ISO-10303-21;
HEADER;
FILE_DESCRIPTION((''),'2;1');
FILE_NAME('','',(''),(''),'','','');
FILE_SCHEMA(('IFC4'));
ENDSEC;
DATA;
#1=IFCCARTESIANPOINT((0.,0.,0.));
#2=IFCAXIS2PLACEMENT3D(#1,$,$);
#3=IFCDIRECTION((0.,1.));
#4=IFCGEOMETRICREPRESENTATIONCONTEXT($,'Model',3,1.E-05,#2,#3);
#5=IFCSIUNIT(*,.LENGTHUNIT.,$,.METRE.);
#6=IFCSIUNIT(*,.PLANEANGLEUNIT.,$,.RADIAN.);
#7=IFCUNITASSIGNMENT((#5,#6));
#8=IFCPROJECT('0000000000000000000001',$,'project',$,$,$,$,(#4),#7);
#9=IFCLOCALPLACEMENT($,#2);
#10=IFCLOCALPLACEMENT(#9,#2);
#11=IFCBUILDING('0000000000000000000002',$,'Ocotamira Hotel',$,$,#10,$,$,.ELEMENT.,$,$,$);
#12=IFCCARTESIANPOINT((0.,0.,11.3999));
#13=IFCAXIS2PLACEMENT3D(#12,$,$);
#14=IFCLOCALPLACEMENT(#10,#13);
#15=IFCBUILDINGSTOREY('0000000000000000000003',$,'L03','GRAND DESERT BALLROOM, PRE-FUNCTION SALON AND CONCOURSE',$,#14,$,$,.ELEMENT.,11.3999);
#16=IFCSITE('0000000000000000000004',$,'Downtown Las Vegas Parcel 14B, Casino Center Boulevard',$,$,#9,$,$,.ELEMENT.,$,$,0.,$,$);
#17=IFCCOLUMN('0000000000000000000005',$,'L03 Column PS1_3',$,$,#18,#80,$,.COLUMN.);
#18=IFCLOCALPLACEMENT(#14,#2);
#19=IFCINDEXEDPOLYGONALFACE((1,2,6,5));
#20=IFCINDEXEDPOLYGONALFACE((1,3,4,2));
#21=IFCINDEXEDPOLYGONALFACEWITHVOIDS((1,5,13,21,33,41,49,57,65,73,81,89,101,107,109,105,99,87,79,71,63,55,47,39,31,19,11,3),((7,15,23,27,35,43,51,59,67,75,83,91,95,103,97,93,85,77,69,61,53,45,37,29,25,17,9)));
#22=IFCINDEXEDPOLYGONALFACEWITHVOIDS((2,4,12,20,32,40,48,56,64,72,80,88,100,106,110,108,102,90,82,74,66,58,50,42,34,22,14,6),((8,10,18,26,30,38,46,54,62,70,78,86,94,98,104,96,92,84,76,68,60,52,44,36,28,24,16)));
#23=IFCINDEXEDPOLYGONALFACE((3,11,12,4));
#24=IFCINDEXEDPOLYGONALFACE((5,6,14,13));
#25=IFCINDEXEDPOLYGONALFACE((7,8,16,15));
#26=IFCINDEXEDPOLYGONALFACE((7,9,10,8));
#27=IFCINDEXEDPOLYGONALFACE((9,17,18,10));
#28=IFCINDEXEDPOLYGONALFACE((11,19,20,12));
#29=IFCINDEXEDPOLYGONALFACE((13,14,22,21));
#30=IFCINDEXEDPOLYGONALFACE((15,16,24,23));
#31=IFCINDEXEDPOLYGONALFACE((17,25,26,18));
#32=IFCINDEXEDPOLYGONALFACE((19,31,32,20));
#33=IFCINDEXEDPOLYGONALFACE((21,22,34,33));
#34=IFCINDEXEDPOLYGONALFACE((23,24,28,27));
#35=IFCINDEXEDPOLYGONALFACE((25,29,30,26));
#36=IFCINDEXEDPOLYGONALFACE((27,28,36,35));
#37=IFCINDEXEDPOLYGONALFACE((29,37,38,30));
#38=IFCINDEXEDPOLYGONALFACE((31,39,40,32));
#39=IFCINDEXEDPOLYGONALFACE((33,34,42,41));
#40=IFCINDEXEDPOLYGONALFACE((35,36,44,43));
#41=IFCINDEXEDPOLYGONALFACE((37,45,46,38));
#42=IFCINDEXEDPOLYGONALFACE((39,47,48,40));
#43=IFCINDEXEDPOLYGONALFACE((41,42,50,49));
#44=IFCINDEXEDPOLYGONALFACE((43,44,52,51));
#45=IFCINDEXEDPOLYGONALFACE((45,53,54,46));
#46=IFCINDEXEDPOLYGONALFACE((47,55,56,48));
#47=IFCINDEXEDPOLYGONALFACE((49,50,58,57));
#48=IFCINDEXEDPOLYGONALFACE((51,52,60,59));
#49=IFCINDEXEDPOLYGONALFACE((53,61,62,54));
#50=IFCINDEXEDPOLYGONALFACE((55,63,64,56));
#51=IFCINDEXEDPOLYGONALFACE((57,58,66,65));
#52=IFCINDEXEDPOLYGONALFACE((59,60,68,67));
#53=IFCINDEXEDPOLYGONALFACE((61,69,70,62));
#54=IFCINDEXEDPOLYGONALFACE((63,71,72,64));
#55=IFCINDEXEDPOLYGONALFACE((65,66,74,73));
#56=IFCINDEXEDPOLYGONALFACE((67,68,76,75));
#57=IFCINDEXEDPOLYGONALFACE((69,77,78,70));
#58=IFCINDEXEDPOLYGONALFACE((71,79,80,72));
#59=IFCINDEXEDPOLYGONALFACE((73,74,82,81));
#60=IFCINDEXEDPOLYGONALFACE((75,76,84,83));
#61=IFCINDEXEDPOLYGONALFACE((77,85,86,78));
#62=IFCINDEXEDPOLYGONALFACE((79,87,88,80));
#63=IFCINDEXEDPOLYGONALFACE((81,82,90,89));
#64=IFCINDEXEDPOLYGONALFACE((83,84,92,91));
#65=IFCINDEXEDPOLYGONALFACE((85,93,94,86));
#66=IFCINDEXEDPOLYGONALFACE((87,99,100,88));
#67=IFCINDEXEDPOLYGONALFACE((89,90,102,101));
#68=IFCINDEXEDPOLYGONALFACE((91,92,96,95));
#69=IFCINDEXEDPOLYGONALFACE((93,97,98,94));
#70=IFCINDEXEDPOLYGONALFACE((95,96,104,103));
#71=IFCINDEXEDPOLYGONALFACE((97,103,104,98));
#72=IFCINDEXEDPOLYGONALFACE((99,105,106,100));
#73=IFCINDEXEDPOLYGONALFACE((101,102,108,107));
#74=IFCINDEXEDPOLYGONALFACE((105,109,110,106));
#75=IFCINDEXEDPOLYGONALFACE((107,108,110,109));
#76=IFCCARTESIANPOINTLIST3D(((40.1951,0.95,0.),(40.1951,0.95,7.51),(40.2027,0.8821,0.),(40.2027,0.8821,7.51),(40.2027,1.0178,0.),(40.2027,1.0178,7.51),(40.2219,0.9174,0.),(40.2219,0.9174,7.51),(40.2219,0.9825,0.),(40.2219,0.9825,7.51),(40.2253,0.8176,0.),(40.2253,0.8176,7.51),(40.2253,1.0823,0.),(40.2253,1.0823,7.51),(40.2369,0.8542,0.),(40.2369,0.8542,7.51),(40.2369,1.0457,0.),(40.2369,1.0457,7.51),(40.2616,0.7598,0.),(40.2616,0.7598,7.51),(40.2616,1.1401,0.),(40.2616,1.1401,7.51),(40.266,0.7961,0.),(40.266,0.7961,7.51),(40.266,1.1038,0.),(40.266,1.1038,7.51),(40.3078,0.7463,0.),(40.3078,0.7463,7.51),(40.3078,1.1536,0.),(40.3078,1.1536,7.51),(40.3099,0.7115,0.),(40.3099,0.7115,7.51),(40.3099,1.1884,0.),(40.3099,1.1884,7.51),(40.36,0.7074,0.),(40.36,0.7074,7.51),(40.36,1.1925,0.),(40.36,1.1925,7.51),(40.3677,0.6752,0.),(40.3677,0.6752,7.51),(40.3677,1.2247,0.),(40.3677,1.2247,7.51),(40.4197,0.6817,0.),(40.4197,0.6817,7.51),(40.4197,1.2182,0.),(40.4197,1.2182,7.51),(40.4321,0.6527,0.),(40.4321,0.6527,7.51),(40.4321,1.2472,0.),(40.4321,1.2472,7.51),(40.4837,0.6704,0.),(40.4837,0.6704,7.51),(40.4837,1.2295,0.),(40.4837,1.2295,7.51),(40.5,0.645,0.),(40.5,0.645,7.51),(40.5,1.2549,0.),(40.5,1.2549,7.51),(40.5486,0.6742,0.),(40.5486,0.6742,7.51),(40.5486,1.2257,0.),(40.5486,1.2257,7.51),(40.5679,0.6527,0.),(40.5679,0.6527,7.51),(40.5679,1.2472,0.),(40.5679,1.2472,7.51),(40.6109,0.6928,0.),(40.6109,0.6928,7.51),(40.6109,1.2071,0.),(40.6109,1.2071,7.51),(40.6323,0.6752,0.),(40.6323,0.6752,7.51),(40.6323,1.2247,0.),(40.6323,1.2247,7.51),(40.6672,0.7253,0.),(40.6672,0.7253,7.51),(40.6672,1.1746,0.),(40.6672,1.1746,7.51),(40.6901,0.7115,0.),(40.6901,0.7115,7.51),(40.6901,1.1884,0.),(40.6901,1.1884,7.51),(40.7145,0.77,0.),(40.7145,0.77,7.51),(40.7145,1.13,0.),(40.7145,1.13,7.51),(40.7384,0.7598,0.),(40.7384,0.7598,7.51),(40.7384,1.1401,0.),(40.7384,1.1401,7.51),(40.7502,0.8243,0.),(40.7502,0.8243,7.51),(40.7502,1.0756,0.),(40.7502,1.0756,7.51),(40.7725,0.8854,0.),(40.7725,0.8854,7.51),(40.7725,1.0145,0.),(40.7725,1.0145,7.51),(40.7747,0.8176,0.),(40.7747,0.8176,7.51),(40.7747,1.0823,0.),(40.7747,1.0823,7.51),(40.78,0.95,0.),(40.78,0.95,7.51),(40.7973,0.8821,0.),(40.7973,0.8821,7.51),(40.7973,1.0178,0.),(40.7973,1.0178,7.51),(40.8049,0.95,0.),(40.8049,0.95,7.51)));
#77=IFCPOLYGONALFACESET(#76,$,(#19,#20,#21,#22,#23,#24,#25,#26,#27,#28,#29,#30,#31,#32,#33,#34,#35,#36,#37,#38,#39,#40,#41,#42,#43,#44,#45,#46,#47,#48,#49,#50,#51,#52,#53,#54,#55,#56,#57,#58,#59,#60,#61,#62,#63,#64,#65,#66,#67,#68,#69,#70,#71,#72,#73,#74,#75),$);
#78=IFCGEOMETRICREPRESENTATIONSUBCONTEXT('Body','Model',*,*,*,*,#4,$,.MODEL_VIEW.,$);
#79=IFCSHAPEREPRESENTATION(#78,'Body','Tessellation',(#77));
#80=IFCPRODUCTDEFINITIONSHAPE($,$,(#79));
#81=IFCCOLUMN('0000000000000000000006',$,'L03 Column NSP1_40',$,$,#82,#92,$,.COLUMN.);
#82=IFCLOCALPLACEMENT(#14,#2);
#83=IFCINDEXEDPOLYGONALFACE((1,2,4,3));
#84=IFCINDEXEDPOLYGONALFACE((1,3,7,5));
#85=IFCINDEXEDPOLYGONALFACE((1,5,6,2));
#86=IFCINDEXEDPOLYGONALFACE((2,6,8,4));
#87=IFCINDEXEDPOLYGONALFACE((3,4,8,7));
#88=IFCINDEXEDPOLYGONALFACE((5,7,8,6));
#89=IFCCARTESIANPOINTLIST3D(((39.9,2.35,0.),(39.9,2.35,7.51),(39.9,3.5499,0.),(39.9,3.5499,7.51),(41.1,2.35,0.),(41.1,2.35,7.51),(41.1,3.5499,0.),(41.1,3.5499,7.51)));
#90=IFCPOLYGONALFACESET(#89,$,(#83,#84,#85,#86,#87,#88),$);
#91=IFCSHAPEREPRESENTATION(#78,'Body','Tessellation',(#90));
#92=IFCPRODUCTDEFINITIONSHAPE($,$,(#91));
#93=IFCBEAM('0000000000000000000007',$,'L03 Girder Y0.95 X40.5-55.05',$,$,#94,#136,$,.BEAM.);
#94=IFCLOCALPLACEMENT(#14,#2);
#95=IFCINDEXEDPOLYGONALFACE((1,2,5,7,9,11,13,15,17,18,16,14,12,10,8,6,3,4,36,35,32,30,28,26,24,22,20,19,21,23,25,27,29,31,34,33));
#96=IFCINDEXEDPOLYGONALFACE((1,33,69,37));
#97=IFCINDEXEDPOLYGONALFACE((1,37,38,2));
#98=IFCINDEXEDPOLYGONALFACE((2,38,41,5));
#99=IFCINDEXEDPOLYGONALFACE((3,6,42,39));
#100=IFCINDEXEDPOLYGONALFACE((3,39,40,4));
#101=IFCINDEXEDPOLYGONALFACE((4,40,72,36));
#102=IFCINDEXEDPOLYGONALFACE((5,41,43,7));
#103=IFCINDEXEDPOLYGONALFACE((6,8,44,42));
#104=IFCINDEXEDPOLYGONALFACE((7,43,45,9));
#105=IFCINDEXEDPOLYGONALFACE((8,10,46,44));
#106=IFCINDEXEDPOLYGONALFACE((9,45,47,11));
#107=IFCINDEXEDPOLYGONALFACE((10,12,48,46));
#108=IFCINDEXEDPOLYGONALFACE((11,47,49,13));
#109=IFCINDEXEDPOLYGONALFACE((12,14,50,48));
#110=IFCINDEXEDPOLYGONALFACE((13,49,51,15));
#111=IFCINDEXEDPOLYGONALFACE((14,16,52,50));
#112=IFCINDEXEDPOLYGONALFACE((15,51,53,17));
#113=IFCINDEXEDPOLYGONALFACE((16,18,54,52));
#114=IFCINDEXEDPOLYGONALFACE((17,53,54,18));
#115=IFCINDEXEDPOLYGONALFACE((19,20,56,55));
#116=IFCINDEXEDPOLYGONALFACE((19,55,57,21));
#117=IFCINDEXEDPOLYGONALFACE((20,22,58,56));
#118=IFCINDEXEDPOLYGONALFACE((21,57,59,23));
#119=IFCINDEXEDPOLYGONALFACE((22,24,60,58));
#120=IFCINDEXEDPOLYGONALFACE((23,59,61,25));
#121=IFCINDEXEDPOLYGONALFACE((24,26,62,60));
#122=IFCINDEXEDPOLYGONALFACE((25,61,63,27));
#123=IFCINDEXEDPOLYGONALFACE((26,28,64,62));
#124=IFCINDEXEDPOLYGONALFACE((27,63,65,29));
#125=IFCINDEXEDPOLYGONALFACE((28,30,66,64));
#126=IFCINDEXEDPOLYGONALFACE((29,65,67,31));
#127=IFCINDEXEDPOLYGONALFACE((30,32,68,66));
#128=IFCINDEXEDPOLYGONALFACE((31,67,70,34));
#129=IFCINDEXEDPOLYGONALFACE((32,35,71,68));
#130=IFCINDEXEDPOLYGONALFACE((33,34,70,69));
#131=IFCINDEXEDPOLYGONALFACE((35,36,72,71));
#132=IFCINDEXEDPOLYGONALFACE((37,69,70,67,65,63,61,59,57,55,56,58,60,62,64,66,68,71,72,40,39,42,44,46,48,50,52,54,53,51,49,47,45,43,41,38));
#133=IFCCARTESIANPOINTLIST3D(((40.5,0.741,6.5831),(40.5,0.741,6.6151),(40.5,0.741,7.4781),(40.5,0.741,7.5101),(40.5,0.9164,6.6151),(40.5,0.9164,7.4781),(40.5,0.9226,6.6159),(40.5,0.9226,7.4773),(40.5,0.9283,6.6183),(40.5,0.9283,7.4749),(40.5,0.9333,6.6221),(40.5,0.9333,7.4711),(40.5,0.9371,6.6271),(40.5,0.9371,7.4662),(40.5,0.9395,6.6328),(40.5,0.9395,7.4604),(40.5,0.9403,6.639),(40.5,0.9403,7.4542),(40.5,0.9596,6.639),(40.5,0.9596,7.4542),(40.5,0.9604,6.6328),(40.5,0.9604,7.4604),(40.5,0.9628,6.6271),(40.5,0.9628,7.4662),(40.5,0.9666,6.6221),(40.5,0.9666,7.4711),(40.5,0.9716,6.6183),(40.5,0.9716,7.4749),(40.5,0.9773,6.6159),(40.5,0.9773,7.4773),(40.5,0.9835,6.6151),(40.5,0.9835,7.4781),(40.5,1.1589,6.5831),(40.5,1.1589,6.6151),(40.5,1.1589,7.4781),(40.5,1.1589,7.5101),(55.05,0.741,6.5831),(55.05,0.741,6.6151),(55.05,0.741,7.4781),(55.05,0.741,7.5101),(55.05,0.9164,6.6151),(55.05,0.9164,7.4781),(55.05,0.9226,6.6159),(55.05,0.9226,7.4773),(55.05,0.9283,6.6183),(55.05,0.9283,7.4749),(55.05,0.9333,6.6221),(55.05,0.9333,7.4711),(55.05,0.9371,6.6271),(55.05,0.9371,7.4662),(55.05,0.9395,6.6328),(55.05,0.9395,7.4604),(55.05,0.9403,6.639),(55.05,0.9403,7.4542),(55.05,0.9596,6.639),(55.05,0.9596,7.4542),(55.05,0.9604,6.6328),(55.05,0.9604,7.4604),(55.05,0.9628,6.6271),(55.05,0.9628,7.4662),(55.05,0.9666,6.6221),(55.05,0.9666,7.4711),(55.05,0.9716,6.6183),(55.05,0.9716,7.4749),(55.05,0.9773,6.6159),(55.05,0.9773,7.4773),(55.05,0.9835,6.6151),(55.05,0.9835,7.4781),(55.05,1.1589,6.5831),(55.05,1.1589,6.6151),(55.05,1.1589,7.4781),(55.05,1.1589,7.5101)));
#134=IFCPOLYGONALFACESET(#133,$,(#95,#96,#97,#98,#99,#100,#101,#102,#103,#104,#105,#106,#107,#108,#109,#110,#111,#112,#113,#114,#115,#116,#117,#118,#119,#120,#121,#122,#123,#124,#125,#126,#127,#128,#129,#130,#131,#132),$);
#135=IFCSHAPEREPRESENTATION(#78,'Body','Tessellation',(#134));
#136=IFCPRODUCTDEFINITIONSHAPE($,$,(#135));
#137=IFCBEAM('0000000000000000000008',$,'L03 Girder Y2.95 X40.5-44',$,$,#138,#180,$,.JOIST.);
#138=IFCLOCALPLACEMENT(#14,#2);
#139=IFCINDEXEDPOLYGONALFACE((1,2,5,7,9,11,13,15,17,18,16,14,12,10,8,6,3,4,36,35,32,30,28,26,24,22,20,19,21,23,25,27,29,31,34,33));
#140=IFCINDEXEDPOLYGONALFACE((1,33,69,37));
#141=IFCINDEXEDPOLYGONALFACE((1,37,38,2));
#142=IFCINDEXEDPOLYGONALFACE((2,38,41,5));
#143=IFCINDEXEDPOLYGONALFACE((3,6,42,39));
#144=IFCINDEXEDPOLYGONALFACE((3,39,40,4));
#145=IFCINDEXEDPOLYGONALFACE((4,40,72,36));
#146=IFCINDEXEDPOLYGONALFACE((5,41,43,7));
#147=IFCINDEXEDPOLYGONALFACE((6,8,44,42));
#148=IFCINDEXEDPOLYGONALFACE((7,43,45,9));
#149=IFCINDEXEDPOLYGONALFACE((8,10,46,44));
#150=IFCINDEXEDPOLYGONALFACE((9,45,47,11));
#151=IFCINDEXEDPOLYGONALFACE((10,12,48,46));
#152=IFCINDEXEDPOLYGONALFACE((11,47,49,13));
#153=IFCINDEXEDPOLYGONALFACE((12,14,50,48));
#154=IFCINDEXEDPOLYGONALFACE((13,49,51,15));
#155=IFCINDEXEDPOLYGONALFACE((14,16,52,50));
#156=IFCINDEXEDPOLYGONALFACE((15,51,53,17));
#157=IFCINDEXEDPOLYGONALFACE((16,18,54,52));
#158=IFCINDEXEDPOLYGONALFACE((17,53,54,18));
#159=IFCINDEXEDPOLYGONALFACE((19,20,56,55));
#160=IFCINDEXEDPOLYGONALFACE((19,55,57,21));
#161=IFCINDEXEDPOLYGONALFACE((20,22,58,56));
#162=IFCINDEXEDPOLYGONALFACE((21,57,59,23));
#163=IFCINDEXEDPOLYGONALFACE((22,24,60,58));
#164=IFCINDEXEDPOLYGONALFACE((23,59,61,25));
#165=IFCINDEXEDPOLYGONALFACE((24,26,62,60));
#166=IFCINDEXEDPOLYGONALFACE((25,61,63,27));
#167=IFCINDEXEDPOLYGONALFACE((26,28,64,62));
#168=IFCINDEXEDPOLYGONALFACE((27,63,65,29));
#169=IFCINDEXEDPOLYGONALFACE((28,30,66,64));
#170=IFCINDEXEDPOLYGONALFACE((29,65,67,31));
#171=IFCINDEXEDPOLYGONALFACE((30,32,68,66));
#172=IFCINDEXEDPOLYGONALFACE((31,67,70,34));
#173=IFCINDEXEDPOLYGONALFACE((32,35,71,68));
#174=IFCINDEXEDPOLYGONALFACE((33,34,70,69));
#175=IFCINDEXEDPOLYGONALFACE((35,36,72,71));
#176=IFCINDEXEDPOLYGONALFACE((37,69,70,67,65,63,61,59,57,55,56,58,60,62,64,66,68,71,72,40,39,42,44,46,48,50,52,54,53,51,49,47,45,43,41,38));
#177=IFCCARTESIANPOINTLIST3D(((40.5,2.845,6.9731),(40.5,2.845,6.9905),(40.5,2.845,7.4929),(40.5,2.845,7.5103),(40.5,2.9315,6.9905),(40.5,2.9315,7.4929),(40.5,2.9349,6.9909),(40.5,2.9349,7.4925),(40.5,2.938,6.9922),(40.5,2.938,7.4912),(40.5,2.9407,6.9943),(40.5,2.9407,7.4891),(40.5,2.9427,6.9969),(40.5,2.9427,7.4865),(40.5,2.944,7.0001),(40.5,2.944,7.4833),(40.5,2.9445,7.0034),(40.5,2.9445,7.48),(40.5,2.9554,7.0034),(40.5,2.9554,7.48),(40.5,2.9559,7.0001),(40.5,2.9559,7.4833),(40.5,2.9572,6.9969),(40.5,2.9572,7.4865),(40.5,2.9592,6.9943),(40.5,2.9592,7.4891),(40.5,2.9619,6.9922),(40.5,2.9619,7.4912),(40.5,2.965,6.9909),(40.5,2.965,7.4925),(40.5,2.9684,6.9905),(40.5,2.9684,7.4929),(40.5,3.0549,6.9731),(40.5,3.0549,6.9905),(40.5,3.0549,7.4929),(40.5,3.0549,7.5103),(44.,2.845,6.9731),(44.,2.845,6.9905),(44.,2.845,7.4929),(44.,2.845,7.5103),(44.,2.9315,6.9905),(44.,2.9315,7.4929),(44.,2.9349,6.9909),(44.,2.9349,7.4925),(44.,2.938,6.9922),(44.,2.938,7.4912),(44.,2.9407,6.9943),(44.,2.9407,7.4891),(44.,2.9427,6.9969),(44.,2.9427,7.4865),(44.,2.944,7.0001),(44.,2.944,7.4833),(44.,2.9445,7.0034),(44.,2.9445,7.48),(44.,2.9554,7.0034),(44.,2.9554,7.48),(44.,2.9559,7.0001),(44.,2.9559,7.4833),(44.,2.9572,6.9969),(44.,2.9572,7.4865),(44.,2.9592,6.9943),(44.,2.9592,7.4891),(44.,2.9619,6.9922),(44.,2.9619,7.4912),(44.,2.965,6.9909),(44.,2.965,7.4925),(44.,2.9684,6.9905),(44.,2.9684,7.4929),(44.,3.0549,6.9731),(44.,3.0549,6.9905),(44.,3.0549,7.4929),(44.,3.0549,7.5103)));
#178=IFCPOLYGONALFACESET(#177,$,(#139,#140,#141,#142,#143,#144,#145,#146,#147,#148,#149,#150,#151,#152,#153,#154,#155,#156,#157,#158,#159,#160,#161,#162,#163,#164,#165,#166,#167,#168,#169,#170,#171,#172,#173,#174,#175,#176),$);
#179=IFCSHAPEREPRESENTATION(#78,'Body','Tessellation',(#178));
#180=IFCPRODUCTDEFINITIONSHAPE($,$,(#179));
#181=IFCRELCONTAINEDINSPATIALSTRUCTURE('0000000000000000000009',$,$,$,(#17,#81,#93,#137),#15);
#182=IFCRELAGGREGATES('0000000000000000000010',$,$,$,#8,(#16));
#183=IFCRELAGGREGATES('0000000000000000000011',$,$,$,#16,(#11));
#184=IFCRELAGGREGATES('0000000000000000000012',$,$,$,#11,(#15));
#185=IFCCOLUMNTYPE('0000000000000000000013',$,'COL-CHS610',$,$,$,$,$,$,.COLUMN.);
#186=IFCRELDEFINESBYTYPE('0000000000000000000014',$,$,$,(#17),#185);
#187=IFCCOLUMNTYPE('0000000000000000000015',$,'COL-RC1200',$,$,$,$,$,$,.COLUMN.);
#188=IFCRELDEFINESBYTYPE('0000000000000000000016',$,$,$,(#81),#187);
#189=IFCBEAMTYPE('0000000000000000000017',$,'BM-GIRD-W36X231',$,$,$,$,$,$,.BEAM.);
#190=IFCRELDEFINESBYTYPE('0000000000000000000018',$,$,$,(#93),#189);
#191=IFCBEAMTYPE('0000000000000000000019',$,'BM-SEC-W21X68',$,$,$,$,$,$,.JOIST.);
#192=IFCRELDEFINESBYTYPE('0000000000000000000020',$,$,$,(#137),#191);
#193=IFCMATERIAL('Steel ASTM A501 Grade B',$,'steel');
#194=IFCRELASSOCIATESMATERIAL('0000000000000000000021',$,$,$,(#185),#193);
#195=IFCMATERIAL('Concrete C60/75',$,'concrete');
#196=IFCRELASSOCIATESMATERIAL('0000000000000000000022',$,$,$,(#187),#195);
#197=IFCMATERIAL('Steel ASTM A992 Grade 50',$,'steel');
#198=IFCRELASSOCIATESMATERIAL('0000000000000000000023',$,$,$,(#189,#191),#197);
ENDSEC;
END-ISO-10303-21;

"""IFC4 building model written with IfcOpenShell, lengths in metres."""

from ifc_helpers import new_model, si_unit, direction, frame, origin, origin_2d, place, context, subcontext, project, spatial, rectangle, hollow_circle, i_section, extrude, source, transform, mapped, material, material_profile, profile_set, type_object, element, save


model = new_model("IFC4")

# Units and contexts
model_context = context("Model", 3, precision=1e-05, world=origin(), true_north=direction((0.0, 1.0)))
body_context = subcontext(model_context, "Body", "Model", "MODEL_VIEW")
ifc_project = project(units=[si_unit("LENGTHUNIT", "METRE"), si_unit("PLANEANGLEUNIT", "RADIAN")], contexts=[model_context])

# Site, building, storey
site_placement = place(None, origin())
site = spatial("IfcSite", under=ifc_project, at=site_placement, Name="Downtown Las Vegas Parcel 14B, Casino Center Boulevard", CompositionType="ELEMENT", RefElevation=0.0)
building_placement = place(site_placement, origin())
building = spatial("IfcBuilding", under=site, at=building_placement, Name="Ocotamira Hotel", CompositionType="ELEMENT")
storey_placement = place(building_placement, frame((0.0, 0.0, 11.3999)))
storey = spatial("IfcBuildingStorey", under=building, at=storey_placement, Name="L03", Description="GRAND DESERT BALLROOM, PRE-FUNCTION SALON AND CONCOURSE", CompositionType="ELEMENT", Elevation=11.3999)

# Columns
ifc_material_1 = material(Name="Steel ASTM A501 Grade B", Category="steel")
ifc_material_profile_1 = material_profile(ifc_material_1, hollow_circle(Radius=0.3049, WallThickness=0.0249, at=origin_2d()), Name="CHS610X25")
ifc_profile_set_1 = profile_set([ifc_material_profile_1], Name="Steel ASTM A501 Grade B")
column_type_1 = type_object("IfcColumnType", Name="COL-CHS610", PredefinedType="COLUMN", material=ifc_profile_set_1)
shared_shape_1 = source(origin(), body_context, "Body", "SweptSolid", [
    extrude(hollow_circle(Radius=0.3049, WallThickness=0.0249, at=origin_2d()), origin(), (0.0, 0.0, 1.0), 7.51),
])
column_1_placement = place(storey_placement, frame((40.5, 0.95, 0.0), z_axis=(0.0, 0.0, 1.0), x_axis=(1.0, 0.0, 0.0)))
element("IfcColumn", 1, at=column_1_placement, inside=storey, type_object=column_type_1, Name="L03 Column PS1_3", PredefinedType="COLUMN", context=body_context, shape_type="MappedRepresentation", body=[
    mapped(shared_shape_1, transform((0.0, 0.0, 0.0), scale=1.0)),
])
ifc_material_2 = material(Name="Concrete C60/75", Category="concrete")
ifc_material_profile_2 = material_profile(ifc_material_2, rectangle(XDim=1.2, YDim=1.2, at=origin_2d()), Name="RC1200X1200")
ifc_profile_set_2 = profile_set([ifc_material_profile_2], Name="Concrete C60/75")
column_type_2 = type_object("IfcColumnType", Name="COL-RC1200", PredefinedType="COLUMN", material=ifc_profile_set_2)
shared_shape_2 = source(origin(), body_context, "Body", "SweptSolid", [
    extrude(rectangle(XDim=1.2, YDim=1.2, at=origin_2d()), origin(), (0.0, 0.0, 1.0), 7.51),
])
column_2_placement = place(storey_placement, frame((40.5, 2.95, 0.0), z_axis=(0.0, 0.0, 1.0), x_axis=(1.0, 0.0, 0.0)))
element("IfcColumn", 2, at=column_2_placement, inside=storey, type_object=column_type_2, Name="L03 Column NSP1_40", PredefinedType="COLUMN", context=body_context, shape_type="MappedRepresentation", body=[
    mapped(shared_shape_2, transform((0.0, 0.0, 0.0), scale=1.0)),
])

# Beams
ifc_material_3 = material(Name="Steel ASTM A992 Grade 50", Category="steel")
ifc_material_profile_3 = material_profile(ifc_material_3, i_section(OverallWidth=0.418, OverallDepth=0.927, WebThickness=0.0193, FlangeThickness=0.032, FilletRadius=0.0239, at=origin_2d()), Name="W36X231")
ifc_profile_set_3 = profile_set([ifc_material_profile_3], Name="Steel ASTM A992 Grade 50")
beam_type_1 = type_object("IfcBeamType", Name="BM-GIRD-W36X231", PredefinedType="BEAM", material=ifc_profile_set_3)
shared_shape_3 = source(origin(), body_context, "Body", "SweptSolid", [
    extrude(i_section(OverallWidth=0.418, OverallDepth=0.927, WebThickness=0.0193, FlangeThickness=0.032, FilletRadius=0.0239, at=origin_2d()), origin(), (0.0, 0.0, 1.0), 14.55),
])
beam_1_placement = place(storey_placement, frame((40.5, 0.95, 7.0466), z_axis=(1.0, 0.0, 0.0), x_axis=(0.0, 1.0, 0.0)))
element("IfcBeam", 3, at=beam_1_placement, inside=storey, type_object=beam_type_1, Name="L03 Girder Y0.95 X40.5-55.05", PredefinedType="BEAM", context=body_context, shape_type="MappedRepresentation", body=[
    mapped(shared_shape_3, transform((0.0, 0.0, 0.0), scale=1.0)),
])
ifc_material_profile_4 = material_profile(ifc_material_3, i_section(OverallWidth=0.21, OverallDepth=0.5371, WebThickness=0.011, FlangeThickness=0.0173, FilletRadius=0.0129, at=origin_2d()), Name="W21X68")
ifc_profile_set_4 = profile_set([ifc_material_profile_4], Name="Steel ASTM A992 Grade 50")
beam_type_2 = type_object("IfcBeamType", Name="BM-SEC-W21X68", PredefinedType="JOIST", material=ifc_profile_set_4)
shared_shape_4 = source(origin(), body_context, "Body", "SweptSolid", [
    extrude(i_section(OverallWidth=0.21, OverallDepth=0.5371, WebThickness=0.011, FlangeThickness=0.0173, FilletRadius=0.0129, at=origin_2d()), origin(), (0.0, 0.0, 1.0), 3.5),
])
beam_2_placement = place(storey_placement, frame((40.5, 2.95, 7.2417), z_axis=(1.0, 0.0, 0.0), x_axis=(0.0, 1.0, 0.0)))
element("IfcBeam", 4, at=beam_2_placement, inside=storey, type_object=beam_type_2, Name="L03 Girder Y2.95 X40.5-44", PredefinedType="JOIST", context=body_context, shape_type="MappedRepresentation", body=[
    mapped(shared_shape_4, transform((0.0, 0.0, 0.0), scale=1.0)),
])

save(model, "model.ifc")
